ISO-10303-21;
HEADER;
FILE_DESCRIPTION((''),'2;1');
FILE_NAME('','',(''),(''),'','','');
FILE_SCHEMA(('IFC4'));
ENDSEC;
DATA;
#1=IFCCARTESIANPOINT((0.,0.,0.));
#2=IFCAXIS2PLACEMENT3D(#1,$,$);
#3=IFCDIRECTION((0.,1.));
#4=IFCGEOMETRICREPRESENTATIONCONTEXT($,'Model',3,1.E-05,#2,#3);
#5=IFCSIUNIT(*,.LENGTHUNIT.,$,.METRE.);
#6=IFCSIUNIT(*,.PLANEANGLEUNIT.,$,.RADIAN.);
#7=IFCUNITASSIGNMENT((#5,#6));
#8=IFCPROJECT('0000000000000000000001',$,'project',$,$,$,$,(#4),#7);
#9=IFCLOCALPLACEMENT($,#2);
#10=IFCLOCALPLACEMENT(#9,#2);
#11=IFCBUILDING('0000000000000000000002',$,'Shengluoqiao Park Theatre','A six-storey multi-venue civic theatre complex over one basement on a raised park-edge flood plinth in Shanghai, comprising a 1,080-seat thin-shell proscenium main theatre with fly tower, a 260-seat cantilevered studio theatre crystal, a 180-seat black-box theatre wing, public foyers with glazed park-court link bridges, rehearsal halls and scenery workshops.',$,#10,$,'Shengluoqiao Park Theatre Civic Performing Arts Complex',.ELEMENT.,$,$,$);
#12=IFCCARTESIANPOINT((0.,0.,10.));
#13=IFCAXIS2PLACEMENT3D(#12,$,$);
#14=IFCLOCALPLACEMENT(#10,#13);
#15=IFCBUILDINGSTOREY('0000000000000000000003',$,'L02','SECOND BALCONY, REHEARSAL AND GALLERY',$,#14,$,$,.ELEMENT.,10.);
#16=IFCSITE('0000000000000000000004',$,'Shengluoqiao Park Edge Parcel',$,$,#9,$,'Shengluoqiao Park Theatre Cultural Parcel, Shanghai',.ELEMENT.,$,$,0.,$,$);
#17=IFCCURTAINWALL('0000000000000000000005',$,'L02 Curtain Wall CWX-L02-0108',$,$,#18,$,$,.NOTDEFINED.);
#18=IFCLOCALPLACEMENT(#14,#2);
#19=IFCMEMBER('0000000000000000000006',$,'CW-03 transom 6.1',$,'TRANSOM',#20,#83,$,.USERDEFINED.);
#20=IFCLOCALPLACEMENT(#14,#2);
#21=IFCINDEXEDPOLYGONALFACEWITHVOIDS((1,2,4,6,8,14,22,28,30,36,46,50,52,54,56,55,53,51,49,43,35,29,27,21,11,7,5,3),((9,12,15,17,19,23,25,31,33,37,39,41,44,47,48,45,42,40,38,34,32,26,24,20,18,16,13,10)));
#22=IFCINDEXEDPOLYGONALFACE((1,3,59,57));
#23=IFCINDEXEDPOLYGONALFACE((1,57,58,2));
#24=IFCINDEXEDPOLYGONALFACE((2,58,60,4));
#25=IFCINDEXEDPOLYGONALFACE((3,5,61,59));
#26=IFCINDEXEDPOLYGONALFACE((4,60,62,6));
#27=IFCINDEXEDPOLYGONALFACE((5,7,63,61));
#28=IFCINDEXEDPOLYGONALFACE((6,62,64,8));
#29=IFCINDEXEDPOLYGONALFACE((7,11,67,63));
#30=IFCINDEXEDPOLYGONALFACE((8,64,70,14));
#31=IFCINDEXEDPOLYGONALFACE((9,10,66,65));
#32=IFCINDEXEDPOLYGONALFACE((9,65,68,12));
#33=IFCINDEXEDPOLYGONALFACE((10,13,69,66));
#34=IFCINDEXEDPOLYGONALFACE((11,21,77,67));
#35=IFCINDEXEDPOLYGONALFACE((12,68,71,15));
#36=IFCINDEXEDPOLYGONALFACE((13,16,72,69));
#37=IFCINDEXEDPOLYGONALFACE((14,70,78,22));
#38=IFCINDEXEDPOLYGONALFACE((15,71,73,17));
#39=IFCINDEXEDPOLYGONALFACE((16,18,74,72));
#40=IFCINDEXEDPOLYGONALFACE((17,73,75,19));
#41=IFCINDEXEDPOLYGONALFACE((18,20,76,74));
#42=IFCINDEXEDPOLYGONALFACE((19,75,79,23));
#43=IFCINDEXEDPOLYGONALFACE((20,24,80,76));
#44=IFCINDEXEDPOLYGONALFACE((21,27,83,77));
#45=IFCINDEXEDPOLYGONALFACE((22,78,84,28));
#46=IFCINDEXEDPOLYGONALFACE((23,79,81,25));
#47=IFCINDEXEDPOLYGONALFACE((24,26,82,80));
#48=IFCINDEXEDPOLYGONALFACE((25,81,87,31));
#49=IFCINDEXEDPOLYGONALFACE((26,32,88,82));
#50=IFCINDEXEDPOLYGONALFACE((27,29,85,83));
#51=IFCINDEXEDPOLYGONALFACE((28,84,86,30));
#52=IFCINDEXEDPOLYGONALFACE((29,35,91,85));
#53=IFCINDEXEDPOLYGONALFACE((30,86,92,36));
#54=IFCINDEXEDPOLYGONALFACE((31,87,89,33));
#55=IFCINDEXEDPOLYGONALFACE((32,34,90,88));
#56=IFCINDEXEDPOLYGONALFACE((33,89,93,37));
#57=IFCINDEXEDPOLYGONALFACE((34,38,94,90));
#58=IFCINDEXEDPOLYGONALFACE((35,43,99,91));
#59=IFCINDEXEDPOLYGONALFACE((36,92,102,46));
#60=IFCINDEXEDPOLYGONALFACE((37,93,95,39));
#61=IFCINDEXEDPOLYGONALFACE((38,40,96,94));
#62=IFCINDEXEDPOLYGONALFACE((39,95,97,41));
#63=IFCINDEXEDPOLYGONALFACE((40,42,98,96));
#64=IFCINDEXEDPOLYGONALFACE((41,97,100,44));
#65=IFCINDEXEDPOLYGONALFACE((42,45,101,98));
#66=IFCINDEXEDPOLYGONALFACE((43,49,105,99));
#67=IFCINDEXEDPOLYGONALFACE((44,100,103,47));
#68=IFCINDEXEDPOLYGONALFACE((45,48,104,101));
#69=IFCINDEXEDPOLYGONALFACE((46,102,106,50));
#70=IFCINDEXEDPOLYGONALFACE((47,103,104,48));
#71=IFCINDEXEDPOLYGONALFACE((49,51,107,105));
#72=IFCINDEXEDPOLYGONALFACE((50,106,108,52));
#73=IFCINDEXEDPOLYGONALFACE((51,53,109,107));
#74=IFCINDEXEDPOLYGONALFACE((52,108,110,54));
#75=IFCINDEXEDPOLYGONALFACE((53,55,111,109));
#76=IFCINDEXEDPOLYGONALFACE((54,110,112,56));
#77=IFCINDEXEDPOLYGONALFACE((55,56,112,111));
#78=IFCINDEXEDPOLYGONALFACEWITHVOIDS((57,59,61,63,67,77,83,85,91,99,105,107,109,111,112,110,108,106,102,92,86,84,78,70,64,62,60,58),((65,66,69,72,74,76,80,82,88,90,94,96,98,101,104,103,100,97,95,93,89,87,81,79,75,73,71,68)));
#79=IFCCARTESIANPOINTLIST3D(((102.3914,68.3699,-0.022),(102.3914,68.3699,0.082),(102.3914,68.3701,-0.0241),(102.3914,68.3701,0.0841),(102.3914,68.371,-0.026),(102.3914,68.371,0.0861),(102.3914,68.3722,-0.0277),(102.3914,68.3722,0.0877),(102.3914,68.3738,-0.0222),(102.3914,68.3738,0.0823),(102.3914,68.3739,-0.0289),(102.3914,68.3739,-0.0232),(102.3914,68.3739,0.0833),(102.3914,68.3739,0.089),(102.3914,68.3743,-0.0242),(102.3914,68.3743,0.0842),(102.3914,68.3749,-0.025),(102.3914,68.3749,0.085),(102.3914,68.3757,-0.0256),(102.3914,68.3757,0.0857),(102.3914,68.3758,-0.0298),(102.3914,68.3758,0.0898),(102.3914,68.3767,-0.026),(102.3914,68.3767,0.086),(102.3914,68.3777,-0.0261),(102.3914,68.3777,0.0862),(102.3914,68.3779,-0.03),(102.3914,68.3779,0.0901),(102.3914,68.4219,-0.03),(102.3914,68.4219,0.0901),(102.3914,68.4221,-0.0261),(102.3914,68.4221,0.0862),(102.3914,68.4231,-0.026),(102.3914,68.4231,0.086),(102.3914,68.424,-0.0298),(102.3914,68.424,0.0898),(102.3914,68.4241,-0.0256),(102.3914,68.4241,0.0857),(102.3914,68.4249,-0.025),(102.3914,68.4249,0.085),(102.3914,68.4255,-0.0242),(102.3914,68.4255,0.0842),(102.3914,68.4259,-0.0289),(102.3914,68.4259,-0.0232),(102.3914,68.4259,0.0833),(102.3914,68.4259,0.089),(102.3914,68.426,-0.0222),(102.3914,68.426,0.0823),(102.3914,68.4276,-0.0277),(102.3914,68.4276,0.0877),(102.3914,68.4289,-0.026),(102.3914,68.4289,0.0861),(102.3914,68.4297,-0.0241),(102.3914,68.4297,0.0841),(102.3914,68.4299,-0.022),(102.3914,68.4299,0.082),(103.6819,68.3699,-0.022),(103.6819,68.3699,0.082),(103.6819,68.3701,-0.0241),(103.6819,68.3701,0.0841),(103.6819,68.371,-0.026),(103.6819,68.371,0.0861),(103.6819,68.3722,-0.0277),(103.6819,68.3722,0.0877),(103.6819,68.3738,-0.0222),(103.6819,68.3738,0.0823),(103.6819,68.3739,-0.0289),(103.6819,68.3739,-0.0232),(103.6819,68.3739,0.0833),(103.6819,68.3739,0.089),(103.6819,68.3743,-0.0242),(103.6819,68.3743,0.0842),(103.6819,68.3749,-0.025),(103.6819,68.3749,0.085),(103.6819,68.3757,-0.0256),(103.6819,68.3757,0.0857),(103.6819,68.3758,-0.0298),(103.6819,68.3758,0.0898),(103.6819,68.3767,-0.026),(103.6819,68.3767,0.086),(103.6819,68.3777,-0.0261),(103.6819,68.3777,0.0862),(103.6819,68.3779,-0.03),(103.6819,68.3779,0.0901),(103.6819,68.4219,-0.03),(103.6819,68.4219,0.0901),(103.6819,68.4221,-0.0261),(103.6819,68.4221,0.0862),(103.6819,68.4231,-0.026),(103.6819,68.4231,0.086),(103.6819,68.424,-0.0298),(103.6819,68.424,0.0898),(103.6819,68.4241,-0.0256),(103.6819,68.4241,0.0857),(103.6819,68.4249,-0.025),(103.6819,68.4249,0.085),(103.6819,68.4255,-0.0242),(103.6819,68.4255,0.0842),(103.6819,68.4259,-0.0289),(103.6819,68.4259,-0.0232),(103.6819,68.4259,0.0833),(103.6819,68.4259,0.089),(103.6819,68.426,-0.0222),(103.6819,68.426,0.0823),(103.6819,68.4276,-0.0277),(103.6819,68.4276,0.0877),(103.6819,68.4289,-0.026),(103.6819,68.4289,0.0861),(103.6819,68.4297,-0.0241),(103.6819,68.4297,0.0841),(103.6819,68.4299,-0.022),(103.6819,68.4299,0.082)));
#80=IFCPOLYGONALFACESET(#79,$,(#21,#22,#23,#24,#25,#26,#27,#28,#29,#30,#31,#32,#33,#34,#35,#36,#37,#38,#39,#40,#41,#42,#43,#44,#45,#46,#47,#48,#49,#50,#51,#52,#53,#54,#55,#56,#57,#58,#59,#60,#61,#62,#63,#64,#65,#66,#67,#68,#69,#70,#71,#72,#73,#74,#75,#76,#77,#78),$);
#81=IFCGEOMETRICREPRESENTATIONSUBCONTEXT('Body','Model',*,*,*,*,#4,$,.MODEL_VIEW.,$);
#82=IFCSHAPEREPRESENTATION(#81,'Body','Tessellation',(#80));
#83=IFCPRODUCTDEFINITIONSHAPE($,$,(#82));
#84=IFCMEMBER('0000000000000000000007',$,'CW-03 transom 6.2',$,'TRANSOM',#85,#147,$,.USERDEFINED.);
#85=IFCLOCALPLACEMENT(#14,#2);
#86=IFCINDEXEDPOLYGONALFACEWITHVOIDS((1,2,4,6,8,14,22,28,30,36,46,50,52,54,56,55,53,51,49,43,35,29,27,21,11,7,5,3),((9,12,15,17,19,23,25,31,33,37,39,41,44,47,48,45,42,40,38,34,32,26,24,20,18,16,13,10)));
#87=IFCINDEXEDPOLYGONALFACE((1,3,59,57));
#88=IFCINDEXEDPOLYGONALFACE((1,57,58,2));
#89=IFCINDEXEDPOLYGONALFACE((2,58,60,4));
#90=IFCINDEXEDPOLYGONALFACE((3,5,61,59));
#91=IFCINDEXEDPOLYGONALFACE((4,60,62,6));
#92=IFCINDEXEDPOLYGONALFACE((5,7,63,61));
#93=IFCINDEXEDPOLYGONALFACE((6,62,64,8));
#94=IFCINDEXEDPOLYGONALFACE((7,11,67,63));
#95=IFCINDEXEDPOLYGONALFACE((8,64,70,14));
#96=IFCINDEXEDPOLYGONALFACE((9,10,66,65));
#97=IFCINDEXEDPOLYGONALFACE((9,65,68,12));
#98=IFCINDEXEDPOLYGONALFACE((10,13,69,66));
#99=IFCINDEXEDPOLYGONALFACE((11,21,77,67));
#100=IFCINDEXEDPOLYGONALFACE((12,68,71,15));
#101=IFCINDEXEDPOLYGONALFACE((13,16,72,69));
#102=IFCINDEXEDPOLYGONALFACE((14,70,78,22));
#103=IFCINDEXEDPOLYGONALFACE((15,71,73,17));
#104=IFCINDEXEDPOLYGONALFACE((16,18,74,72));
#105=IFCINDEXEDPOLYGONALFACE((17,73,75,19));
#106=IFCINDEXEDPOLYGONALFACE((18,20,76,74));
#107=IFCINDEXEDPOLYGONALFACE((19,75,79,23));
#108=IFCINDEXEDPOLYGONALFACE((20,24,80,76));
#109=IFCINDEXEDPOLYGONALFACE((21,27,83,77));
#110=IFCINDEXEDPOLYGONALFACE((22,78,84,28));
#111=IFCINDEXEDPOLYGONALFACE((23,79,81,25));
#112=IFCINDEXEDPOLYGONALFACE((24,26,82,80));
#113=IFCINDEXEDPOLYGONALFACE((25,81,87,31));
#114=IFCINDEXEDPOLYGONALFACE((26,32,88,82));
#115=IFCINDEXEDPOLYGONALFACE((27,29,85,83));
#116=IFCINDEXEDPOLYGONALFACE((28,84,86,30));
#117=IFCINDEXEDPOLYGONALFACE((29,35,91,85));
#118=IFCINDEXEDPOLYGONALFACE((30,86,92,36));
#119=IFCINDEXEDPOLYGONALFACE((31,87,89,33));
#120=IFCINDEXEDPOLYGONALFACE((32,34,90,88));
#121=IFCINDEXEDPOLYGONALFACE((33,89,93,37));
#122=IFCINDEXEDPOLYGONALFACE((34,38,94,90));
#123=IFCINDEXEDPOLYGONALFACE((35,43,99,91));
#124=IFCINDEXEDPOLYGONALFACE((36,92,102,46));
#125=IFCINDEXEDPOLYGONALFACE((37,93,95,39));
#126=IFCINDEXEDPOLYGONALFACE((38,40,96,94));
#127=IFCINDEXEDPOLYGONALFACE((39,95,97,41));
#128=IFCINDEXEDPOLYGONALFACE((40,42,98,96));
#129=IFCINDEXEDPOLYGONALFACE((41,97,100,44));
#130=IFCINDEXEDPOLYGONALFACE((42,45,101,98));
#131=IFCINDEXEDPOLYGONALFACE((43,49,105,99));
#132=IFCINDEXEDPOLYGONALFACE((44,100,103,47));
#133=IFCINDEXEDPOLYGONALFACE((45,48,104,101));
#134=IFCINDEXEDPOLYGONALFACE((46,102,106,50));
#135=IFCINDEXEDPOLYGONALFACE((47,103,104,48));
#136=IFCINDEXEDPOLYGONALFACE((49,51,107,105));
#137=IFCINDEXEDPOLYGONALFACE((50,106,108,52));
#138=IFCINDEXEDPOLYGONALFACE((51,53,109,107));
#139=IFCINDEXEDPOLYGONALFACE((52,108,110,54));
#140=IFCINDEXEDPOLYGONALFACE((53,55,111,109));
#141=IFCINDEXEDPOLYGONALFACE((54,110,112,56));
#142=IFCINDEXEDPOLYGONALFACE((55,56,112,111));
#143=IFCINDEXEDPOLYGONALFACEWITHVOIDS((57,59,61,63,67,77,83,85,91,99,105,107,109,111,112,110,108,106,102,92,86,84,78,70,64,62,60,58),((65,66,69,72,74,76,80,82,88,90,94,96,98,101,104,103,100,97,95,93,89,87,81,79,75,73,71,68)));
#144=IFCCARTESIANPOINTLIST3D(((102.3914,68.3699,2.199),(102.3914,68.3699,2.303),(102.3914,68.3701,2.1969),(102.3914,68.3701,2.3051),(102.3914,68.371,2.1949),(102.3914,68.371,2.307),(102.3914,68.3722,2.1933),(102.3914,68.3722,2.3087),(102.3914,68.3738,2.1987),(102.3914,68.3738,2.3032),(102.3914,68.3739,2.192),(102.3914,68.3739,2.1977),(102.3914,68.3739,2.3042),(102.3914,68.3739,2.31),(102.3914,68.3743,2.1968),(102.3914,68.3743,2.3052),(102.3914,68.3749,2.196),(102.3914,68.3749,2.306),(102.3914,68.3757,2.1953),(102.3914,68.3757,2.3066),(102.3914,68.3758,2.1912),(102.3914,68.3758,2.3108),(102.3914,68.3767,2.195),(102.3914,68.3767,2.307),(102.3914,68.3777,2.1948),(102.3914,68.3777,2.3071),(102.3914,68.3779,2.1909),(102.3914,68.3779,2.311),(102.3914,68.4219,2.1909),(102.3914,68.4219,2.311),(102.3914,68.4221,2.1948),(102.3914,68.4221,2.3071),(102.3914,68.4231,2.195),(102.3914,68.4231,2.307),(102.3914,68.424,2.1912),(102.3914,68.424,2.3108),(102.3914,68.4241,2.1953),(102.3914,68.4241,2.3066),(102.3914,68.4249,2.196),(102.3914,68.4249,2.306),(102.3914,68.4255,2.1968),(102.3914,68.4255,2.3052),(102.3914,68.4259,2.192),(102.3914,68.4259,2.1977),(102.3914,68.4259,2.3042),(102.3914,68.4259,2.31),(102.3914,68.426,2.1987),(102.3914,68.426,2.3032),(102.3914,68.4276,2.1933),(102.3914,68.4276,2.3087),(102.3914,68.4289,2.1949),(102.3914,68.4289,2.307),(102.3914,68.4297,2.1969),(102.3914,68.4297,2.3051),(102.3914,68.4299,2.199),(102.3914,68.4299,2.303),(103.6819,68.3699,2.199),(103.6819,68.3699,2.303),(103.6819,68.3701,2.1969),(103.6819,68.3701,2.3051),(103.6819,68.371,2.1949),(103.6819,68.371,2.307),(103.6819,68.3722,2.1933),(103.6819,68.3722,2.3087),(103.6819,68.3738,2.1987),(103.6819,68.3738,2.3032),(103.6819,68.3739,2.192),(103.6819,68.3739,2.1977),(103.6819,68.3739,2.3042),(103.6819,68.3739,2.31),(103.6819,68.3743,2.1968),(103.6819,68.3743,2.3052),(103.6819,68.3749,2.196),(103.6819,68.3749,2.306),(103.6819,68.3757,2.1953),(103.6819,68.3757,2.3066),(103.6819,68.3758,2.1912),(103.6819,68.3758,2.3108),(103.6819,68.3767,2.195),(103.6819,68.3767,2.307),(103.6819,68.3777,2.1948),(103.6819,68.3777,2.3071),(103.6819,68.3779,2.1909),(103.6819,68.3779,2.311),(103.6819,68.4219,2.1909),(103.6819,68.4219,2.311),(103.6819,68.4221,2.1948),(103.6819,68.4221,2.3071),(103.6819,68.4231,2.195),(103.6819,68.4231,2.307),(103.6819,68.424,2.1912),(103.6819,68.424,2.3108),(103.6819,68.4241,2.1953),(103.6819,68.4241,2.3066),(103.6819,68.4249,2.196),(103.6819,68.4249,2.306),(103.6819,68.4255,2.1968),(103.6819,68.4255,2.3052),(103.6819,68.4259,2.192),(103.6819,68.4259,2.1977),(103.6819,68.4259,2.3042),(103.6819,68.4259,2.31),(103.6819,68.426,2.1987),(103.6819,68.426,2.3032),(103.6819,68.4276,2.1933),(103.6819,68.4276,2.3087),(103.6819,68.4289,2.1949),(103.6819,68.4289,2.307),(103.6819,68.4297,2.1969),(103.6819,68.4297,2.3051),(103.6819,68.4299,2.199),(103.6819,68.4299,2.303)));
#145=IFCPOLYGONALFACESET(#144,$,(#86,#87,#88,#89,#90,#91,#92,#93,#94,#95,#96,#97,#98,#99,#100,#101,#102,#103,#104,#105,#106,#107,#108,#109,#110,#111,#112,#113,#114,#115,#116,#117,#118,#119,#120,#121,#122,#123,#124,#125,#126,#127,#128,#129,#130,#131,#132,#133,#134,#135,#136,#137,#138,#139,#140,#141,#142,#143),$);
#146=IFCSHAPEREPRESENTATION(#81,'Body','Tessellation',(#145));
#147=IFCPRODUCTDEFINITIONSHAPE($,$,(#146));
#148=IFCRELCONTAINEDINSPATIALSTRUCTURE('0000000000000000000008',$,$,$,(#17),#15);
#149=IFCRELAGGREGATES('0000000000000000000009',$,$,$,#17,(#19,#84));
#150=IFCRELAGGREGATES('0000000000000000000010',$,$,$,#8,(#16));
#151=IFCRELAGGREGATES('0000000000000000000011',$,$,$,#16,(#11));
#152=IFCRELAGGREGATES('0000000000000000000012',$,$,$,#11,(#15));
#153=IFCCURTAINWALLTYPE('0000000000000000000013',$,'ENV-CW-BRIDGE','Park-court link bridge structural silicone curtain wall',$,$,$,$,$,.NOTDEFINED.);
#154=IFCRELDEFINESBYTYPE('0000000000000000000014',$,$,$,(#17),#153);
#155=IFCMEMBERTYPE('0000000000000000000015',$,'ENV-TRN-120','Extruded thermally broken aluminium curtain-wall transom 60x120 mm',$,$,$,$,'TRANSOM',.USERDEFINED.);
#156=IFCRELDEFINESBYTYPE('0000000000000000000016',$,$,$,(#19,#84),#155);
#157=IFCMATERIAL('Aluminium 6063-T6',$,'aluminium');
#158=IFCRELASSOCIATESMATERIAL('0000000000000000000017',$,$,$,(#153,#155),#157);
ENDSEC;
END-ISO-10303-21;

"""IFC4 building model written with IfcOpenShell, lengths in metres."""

from ifc_helpers import new_model, si_unit, direction, frame, origin, origin_2d, place, context, subcontext, project, spatial, hollow_rectangle, extrude, material, material_profile, profile_set, type_object, element, aggregate, save


model = new_model("IFC4")

# Units and contexts
model_context = context("Model", 3, precision=1e-05, world=origin(), true_north=direction((0.0, 1.0)))
body_context = subcontext(model_context, "Body", "Model", "MODEL_VIEW")
ifc_project = project(units=[si_unit("LENGTHUNIT", "METRE"), si_unit("PLANEANGLEUNIT", "RADIAN")], contexts=[model_context])

# Site, building, storey
site_placement = place(None, origin())
site = spatial("IfcSite", under=ifc_project, at=site_placement, Name="Shengluoqiao Park Edge Parcel", LongName="Shengluoqiao Park Theatre Cultural Parcel, Shanghai", CompositionType="ELEMENT", RefElevation=0.0)
building_placement = place(site_placement, origin())
building = spatial("IfcBuilding", under=site, at=building_placement, Name="Shengluoqiao Park Theatre", Description="A six-storey multi-venue civic theatre complex over one basement on a raised park-edge flood plinth in Shanghai, comprising a 1,080-seat thin-shell proscenium main theatre with fly tower, a 260-seat cantilevered studio theatre crystal, a 180-seat black-box theatre wing, public foyers with glazed park-court link bridges, rehearsal halls and scenery workshops.", LongName="Shengluoqiao Park Theatre Civic Performing Arts Complex", CompositionType="ELEMENT")
storey_placement = place(building_placement, frame((0.0, 0.0, 10.0)))
storey = spatial("IfcBuildingStorey", under=building, at=storey_placement, Name="L02", Description="SECOND BALCONY, REHEARSAL AND GALLERY", CompositionType="ELEMENT", Elevation=10.0)

# Curtain wall
ifc_material_1 = material(Name="Aluminium 6063-T6", Category="aluminium")
curtain_wall_type = type_object("IfcCurtainWallType", Name="ENV-CW-BRIDGE", Description="Park-court link bridge structural silicone curtain wall", PredefinedType="NOTDEFINED", material=ifc_material_1)
curtain_wall_1_placement = place(storey_placement, origin())
curtain_wall_1 = element("IfcCurtainWall", 1, at=curtain_wall_1_placement, inside=storey, type_object=curtain_wall_type, Name="L02 Curtain Wall CWX-L02-0108", PredefinedType="NOTDEFINED")

# Members
ifc_material_profile_1 = material_profile(ifc_material_1, hollow_rectangle(XDim=0.0601, YDim=0.1201, WallThickness=0.0039, InnerFilletRadius=0.0039, OuterFilletRadius=0.0081, at=origin_2d()), Name="ALU TRANSOM 120x60x4")
ifc_profile_set_1 = profile_set([ifc_material_profile_1], Name="Aluminium 6063-T6")
member_type_1 = type_object("IfcMemberType", Name="ENV-TRN-120", Description="Extruded thermally broken aluminium curtain-wall transom 60x120 mm", ElementType="TRANSOM", PredefinedType="USERDEFINED", material=ifc_profile_set_1)
member_1_placement = place(storey_placement, frame((102.3914, 68.3999, 0.03), z_axis=(1.0, 0.0, 0.0), x_axis=(0.0, 1.0, 0.0)))
member_1 = element("IfcMember", 2, at=member_1_placement, type_object=member_type_1, Name="CW-03 transom 6.1", ObjectType="TRANSOM", PredefinedType="USERDEFINED", context=body_context, shape_type="SweptSolid", body=[
    extrude(hollow_rectangle(XDim=0.0601, YDim=0.1201, WallThickness=0.0039, InnerFilletRadius=0.0039, OuterFilletRadius=0.0081, at=origin_2d()), origin(), (0.0, 0.0, 1.0), 1.2905),
])
member_2_placement = place(storey_placement, frame((102.3914, 68.3999, 2.251), z_axis=(1.0, 0.0, 0.0), x_axis=(0.0, 1.0, 0.0)))
member_2 = element("IfcMember", 3, at=member_2_placement, type_object=member_type_1, Name="CW-03 transom 6.2", ObjectType="TRANSOM", PredefinedType="USERDEFINED", context=body_context, shape_type="SweptSolid", body=[
    extrude(hollow_rectangle(XDim=0.0601, YDim=0.1201, WallThickness=0.0039, InnerFilletRadius=0.0039, OuterFilletRadius=0.0081, at=origin_2d()), origin(), (0.0, 0.0, 1.0), 1.2905),
])

aggregate(curtain_wall_1, [member_1, member_2])

save(model, "model.ifc")
